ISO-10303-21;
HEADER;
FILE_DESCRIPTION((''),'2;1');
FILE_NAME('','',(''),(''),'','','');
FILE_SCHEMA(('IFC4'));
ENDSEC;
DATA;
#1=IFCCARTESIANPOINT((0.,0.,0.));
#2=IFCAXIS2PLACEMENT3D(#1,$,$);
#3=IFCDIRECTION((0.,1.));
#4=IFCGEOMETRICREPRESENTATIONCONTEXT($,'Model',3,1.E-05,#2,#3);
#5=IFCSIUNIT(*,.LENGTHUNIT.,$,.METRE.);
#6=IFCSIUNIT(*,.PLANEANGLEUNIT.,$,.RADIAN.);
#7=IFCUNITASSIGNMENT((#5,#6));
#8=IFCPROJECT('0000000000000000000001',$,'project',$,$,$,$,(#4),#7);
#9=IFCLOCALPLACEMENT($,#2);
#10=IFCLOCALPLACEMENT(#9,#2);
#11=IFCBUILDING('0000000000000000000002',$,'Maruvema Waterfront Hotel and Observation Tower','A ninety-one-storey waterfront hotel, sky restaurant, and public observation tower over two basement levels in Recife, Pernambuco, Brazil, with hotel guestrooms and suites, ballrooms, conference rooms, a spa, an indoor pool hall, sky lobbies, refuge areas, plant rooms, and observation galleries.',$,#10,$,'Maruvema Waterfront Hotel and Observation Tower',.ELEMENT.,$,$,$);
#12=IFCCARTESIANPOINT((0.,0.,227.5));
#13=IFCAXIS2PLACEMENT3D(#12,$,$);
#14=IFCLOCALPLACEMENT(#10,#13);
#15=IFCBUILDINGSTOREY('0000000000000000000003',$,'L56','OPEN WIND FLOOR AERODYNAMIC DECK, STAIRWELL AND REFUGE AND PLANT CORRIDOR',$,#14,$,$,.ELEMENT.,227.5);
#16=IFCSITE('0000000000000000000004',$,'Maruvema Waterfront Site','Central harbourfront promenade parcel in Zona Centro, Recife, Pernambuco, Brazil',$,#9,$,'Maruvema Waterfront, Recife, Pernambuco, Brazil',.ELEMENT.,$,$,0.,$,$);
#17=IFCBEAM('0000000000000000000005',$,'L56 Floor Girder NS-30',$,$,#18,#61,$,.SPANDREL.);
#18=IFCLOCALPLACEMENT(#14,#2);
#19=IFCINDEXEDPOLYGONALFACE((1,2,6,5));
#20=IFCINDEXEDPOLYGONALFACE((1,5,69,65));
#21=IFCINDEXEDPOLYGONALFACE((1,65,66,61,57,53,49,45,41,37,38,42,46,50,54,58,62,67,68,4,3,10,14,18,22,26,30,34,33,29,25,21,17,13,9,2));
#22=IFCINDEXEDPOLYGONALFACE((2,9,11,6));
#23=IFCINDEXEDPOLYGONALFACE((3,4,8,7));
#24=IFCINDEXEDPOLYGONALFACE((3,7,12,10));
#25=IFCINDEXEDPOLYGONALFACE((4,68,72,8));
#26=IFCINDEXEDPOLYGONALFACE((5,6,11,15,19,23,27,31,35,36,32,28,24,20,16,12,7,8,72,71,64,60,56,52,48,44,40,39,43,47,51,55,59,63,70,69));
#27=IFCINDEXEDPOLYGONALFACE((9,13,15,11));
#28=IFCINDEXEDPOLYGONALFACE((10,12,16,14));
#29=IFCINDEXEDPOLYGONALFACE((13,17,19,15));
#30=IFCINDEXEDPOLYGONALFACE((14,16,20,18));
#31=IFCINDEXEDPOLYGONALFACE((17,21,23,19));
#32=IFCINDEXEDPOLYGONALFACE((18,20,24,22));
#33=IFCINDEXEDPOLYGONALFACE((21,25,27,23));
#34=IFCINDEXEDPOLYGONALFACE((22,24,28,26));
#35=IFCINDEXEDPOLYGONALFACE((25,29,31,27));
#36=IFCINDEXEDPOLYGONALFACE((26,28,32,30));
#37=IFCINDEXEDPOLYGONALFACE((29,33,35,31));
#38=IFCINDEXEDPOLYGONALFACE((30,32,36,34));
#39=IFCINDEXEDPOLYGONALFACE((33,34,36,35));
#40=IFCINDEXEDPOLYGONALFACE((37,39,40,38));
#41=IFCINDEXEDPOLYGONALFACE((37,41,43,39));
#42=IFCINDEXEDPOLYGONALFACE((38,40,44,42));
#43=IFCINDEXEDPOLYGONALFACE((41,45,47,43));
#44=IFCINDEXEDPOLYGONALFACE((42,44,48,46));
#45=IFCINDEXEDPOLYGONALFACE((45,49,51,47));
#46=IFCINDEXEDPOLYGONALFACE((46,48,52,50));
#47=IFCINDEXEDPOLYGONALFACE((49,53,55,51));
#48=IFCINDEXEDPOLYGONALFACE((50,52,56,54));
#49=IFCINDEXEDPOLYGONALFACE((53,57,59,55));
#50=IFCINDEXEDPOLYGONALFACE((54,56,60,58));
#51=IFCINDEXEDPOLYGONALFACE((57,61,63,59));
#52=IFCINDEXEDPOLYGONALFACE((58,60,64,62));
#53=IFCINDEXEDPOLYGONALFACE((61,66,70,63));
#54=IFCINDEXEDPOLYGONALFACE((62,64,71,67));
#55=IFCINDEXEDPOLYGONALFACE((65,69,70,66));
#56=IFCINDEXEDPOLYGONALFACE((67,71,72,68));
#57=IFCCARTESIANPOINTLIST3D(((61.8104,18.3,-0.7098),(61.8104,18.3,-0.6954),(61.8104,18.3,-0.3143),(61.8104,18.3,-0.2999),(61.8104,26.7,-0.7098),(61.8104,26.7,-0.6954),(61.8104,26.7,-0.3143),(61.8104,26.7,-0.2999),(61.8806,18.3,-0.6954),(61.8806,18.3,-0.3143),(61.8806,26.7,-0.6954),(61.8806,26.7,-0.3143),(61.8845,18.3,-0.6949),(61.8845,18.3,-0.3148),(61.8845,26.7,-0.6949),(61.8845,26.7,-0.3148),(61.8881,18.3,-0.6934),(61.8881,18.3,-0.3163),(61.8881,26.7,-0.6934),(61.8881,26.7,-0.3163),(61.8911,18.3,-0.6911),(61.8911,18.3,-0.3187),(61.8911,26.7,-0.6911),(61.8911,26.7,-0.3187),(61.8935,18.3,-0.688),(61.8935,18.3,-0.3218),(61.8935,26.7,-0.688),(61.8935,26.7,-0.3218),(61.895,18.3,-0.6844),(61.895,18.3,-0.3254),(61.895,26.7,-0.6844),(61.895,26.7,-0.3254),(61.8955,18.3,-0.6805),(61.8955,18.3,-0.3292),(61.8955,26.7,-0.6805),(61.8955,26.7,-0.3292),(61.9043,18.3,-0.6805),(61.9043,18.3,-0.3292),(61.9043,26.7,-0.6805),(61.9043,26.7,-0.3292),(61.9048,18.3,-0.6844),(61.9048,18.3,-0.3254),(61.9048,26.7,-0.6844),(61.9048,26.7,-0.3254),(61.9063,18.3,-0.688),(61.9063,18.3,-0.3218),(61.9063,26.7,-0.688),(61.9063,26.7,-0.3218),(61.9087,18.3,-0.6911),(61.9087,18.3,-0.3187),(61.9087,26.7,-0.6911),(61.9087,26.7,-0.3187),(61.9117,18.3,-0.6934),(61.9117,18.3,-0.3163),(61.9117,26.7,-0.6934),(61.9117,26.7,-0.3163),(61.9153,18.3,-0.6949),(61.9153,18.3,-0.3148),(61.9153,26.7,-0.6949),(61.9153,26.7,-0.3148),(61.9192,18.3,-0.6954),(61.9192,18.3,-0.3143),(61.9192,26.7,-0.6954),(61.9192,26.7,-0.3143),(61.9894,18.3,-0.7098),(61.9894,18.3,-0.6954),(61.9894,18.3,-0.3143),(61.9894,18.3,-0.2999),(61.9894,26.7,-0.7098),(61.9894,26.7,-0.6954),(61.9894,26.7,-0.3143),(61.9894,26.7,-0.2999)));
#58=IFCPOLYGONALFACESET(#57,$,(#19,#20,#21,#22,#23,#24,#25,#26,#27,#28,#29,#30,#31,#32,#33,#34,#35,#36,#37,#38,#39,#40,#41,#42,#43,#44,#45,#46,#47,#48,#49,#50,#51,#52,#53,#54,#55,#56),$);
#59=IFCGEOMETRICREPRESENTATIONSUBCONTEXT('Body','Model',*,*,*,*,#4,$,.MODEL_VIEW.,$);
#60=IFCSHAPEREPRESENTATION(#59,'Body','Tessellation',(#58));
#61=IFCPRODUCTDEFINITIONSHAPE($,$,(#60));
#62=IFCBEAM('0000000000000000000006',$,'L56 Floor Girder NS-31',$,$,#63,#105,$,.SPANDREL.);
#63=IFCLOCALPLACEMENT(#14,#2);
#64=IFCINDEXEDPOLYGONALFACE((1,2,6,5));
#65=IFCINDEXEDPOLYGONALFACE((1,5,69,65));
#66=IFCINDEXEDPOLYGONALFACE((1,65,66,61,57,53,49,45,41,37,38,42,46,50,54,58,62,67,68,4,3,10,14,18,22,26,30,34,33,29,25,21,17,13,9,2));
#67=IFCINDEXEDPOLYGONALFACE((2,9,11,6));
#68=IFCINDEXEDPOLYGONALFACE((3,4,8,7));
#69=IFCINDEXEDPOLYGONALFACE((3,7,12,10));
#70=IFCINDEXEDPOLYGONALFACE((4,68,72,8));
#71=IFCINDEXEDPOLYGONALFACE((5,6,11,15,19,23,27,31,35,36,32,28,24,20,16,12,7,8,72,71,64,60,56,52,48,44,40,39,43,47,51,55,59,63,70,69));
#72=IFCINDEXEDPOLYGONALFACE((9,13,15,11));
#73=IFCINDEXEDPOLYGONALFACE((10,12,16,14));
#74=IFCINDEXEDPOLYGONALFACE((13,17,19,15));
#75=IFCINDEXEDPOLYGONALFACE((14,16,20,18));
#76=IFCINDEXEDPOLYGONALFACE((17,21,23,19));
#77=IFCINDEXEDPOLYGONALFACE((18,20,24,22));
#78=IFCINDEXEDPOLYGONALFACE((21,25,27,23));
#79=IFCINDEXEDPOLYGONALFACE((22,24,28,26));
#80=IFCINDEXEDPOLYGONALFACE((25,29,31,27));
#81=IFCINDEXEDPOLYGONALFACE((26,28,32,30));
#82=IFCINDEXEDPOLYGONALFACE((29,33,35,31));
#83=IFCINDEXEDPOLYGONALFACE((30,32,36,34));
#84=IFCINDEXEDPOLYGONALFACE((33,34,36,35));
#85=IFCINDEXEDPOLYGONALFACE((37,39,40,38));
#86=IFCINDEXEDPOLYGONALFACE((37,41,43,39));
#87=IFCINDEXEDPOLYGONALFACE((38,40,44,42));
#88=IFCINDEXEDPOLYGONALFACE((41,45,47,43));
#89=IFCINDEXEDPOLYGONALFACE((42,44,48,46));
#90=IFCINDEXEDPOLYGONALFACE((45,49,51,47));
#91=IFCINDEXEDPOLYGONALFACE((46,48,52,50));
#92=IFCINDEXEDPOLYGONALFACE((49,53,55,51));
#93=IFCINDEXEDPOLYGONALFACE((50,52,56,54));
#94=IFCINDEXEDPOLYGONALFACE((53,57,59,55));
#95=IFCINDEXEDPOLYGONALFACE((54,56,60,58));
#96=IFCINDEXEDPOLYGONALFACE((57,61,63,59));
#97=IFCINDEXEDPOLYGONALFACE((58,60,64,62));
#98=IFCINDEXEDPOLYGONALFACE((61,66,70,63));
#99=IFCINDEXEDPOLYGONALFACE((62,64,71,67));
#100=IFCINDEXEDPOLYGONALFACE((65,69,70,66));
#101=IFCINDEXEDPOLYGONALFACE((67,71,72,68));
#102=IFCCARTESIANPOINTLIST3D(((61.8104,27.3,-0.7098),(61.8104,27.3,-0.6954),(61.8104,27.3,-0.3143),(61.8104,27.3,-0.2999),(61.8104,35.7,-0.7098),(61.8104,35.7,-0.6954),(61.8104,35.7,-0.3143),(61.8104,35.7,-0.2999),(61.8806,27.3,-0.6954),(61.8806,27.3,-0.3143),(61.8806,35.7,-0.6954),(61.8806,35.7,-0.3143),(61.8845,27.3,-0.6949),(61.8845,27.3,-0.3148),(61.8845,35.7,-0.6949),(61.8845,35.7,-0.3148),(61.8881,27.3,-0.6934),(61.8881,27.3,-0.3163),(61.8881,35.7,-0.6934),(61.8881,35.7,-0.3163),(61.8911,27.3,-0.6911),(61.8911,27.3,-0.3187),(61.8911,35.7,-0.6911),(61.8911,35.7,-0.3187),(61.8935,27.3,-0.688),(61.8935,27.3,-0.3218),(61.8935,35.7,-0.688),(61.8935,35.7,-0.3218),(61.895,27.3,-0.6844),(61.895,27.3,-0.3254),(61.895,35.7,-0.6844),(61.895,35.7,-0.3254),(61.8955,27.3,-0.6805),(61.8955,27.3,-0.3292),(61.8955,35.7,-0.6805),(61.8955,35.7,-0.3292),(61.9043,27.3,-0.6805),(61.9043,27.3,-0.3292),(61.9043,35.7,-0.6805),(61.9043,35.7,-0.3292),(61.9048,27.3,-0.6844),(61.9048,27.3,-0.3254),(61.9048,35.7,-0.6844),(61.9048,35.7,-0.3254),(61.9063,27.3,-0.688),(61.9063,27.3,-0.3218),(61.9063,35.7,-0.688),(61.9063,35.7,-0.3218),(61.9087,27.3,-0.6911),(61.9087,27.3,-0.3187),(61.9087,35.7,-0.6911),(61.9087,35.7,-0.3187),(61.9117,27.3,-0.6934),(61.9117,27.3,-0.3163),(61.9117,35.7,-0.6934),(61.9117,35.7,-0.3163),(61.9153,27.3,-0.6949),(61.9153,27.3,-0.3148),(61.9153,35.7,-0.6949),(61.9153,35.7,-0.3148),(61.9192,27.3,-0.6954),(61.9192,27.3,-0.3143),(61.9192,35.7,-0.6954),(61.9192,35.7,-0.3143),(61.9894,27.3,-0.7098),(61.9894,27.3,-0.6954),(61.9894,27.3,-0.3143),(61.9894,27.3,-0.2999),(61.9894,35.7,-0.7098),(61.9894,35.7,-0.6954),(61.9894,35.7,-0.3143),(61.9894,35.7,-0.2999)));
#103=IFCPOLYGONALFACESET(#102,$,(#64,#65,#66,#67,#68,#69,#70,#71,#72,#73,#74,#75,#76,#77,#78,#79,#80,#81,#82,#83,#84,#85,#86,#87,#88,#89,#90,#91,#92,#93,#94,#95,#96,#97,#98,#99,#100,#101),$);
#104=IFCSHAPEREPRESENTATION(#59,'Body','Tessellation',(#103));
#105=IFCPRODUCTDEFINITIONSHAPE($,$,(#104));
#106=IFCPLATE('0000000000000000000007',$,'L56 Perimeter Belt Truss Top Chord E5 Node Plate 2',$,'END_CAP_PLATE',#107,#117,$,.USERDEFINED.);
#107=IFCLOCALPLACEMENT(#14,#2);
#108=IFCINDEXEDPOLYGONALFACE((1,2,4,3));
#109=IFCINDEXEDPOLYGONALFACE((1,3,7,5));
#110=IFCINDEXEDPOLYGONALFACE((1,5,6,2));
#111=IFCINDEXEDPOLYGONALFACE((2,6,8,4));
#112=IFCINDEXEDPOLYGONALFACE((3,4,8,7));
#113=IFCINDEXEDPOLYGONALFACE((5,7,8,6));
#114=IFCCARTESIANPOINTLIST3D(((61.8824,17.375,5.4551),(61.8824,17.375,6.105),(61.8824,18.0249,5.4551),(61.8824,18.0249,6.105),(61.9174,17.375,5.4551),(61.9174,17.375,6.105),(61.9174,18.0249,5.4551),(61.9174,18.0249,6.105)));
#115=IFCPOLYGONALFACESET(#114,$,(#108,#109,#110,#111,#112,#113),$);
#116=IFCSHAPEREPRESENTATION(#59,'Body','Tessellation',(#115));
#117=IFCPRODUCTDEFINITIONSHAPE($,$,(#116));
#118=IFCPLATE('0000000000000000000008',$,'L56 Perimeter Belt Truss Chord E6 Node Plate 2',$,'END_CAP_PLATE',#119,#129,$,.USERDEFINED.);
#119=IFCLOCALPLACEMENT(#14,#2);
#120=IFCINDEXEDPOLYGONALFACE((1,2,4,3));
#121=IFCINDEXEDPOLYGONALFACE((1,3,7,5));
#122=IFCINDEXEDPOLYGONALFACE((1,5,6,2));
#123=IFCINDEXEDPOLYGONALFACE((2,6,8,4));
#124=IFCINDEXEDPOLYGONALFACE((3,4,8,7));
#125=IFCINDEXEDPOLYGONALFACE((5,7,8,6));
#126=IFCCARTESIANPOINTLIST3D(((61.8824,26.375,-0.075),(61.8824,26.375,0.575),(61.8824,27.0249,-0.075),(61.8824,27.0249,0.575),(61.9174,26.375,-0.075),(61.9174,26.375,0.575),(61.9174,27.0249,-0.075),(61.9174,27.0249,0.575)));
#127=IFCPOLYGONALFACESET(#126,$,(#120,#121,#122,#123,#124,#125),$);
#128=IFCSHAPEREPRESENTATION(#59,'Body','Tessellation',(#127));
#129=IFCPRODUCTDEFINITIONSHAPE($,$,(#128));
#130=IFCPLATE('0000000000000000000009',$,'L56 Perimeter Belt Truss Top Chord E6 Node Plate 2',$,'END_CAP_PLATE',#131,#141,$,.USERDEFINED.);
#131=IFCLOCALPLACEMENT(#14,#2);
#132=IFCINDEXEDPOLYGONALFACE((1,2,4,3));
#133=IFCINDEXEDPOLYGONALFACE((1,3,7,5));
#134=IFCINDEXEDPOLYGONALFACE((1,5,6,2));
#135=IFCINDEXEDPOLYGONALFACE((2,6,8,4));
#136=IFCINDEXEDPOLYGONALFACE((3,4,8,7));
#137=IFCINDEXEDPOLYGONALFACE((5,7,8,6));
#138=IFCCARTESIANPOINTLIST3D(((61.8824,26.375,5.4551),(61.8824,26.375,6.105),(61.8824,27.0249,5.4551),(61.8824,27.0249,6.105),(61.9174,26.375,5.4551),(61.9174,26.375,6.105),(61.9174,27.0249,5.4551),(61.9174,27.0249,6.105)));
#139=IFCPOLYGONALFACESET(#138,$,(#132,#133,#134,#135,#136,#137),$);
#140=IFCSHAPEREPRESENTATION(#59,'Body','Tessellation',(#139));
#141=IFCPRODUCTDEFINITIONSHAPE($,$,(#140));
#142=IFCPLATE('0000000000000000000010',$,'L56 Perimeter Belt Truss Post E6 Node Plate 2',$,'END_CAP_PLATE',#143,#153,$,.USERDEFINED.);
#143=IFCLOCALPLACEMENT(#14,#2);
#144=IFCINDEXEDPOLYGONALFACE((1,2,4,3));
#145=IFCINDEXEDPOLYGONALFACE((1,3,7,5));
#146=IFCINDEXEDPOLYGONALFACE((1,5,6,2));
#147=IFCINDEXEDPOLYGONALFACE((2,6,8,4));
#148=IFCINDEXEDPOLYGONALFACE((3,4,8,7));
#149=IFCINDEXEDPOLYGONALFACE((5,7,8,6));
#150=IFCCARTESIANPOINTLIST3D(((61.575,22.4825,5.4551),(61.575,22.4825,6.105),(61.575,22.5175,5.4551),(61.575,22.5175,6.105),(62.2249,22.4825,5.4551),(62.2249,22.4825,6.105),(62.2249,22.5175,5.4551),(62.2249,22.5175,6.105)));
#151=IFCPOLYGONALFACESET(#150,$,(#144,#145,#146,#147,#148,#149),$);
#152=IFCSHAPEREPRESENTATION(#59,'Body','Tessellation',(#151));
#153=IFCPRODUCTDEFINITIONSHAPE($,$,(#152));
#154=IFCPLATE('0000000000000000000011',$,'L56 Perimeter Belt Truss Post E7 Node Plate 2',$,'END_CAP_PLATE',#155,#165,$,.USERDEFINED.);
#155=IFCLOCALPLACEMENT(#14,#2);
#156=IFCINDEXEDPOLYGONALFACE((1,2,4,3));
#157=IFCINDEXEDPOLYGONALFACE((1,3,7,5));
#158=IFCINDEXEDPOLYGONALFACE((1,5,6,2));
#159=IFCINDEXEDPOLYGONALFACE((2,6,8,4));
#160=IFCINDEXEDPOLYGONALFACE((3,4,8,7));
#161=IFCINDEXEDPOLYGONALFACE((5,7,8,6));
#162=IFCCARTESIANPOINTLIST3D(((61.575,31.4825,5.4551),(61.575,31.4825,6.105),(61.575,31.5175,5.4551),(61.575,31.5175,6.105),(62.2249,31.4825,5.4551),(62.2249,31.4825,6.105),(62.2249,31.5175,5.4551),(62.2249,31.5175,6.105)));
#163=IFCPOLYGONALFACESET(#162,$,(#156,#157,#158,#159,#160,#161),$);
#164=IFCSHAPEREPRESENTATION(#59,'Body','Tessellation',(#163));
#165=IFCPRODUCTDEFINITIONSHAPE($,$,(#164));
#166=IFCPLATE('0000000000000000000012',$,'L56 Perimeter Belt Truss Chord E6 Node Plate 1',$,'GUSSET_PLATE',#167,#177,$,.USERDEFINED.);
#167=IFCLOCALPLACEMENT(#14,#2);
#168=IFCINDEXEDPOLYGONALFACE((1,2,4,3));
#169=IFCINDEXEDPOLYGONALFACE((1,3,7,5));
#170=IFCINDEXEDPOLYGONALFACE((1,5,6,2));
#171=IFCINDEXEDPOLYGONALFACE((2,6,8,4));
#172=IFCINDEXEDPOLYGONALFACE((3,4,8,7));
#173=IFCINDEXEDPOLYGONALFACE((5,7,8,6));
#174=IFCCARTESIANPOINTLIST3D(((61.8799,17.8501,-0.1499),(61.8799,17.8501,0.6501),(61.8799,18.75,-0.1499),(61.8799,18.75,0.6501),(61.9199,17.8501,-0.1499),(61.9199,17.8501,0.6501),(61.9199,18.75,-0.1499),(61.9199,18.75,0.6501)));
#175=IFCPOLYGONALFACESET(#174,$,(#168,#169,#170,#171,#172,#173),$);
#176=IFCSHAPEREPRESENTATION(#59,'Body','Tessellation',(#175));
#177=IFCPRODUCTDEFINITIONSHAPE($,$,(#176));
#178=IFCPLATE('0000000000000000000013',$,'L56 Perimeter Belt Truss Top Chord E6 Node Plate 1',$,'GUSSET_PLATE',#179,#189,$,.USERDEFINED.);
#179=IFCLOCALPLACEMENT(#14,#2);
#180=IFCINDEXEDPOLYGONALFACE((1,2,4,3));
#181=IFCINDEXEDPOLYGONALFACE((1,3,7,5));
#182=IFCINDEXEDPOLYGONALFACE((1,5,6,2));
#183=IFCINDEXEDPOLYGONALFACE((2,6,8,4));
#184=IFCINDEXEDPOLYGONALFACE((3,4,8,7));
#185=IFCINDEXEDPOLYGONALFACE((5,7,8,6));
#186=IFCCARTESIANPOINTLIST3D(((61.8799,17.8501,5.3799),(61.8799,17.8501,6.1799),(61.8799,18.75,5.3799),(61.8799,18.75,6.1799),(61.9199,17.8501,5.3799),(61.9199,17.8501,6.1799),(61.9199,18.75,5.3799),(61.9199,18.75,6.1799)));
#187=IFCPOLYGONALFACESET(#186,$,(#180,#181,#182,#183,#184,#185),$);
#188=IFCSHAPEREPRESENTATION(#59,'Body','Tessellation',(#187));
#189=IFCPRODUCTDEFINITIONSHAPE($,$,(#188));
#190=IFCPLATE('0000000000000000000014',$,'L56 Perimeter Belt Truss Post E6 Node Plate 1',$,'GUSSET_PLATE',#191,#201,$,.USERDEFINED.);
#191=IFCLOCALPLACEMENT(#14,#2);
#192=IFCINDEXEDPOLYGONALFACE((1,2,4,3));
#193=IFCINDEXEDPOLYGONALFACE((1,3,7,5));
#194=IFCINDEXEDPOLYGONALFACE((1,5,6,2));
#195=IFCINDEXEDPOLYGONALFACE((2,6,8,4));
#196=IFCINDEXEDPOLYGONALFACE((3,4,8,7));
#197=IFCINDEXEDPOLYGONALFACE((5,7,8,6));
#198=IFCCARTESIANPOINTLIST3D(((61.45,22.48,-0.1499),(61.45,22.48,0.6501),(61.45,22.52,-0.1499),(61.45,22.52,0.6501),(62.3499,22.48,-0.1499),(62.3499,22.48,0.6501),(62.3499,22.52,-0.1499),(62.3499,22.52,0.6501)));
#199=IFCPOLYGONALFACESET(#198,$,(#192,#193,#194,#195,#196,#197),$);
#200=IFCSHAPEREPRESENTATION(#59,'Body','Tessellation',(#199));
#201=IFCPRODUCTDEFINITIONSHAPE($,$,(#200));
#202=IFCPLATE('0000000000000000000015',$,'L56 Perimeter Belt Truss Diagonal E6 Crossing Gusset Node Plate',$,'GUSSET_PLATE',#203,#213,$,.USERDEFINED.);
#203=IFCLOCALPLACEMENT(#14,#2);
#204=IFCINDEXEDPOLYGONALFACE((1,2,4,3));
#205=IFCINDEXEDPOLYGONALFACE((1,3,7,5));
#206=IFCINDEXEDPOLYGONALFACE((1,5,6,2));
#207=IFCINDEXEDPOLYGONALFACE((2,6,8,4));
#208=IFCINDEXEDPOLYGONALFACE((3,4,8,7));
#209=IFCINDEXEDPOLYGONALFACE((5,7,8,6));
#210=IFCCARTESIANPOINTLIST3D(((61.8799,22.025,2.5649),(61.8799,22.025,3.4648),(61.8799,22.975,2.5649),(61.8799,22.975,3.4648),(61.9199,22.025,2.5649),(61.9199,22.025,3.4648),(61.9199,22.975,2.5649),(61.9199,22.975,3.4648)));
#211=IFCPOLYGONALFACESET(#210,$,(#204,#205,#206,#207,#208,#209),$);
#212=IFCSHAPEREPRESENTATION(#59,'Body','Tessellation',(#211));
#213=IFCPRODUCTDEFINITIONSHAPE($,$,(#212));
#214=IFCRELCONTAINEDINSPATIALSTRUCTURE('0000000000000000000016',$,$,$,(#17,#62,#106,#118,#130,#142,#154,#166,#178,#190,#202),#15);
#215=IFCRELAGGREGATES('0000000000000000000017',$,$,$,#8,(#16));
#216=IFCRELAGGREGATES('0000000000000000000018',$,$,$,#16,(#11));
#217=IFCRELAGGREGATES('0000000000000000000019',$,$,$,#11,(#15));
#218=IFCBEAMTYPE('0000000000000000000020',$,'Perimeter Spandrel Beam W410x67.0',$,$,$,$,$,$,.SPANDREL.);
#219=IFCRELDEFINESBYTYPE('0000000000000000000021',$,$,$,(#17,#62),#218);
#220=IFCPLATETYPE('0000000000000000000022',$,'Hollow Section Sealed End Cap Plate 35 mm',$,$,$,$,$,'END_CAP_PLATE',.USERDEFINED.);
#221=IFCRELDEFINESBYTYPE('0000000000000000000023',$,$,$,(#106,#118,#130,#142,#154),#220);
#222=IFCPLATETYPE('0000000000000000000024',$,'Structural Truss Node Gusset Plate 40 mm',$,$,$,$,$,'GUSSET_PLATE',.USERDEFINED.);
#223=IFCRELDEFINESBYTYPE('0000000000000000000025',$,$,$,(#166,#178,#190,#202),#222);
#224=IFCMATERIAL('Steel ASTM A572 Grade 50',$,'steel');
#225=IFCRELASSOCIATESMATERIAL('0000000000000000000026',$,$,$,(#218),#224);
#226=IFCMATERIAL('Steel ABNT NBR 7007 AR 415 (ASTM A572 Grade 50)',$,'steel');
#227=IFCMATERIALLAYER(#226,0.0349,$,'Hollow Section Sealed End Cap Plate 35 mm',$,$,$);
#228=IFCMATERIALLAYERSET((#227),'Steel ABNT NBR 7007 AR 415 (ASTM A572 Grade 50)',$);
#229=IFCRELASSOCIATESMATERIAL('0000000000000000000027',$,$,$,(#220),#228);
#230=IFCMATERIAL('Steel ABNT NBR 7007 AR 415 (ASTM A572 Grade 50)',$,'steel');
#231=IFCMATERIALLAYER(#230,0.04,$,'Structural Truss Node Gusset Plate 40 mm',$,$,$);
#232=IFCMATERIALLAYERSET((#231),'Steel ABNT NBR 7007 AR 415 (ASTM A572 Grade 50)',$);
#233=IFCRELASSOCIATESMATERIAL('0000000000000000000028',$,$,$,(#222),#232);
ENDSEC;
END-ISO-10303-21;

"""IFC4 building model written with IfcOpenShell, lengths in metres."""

from ifc_helpers import new_model, si_unit, direction, frame, origin, origin_2d, place, context, subcontext, project, spatial, rectangle, i_section, extrude, material, layer, layer_set, material_profile, profile_set, type_object, element, save


model = new_model("IFC4")

# Units and contexts
model_context = context("Model", 3, precision=1e-05, world=origin(), true_north=direction((0.0, 1.0)))
body_context = subcontext(model_context, "Body", "Model", "MODEL_VIEW")
ifc_project = project(units=[si_unit("LENGTHUNIT", "METRE"), si_unit("PLANEANGLEUNIT", "RADIAN")], contexts=[model_context])

# Site, building, storey
site_placement = place(None, origin())
site = spatial("IfcSite", under=ifc_project, at=site_placement, Name="Maruvema Waterfront Site", Description="Central harbourfront promenade parcel in Zona Centro, Recife, Pernambuco, Brazil", LongName="Maruvema Waterfront, Recife, Pernambuco, Brazil", CompositionType="ELEMENT", RefElevation=0.0)
building_placement = place(site_placement, origin())
building = spatial("IfcBuilding", under=site, at=building_placement, Name="Maruvema Waterfront Hotel and Observation Tower", Description="A ninety-one-storey waterfront hotel, sky restaurant, and public observation tower over two basement levels in Recife, Pernambuco, Brazil, with hotel guestrooms and suites, ballrooms, conference rooms, a spa, an indoor pool hall, sky lobbies, refuge areas, plant rooms, and observation galleries.", LongName="Maruvema Waterfront Hotel and Observation Tower", CompositionType="ELEMENT")
storey_placement = place(building_placement, frame((0.0, 0.0, 227.5)))
storey = spatial("IfcBuildingStorey", under=building, at=storey_placement, Name="L56", Description="OPEN WIND FLOOR AERODYNAMIC DECK, STAIRWELL AND REFUGE AND PLANT CORRIDOR", CompositionType="ELEMENT", Elevation=227.5)

# Beams
ifc_material_1 = material(Name="Steel ASTM A572 Grade 50", Category="steel")
ifc_material_profile_1 = material_profile(ifc_material_1, i_section(OverallWidth=0.179, OverallDepth=0.4099, WebThickness=0.0088, FlangeThickness=0.0144, FilletRadius=0.0149, at=origin_2d()), Name="W410x67.0")
ifc_profile_set_1 = profile_set([ifc_material_profile_1], Name="Steel ASTM A572 Grade 50")
beam_type = type_object("IfcBeamType", Name="Perimeter Spandrel Beam W410x67.0", PredefinedType="SPANDREL", material=ifc_profile_set_1)
for number, where, z_axis, x_axis, name in (
    (1, (61.8999, 18.3, -0.5049), (0.0, 1.0, 0.0), (-1.0, 0.0, 0.0), "L56 Floor Girder NS-30"),
    (2, (61.8999, 27.3, -0.5049), (0.0, 1.0, 0.0), (-1.0, 0.0, 0.0), "L56 Floor Girder NS-31"),
):
    element("IfcBeam", number, at=place(storey_placement, frame(where, z_axis=z_axis, x_axis=x_axis)), inside=storey, type_object=beam_type, Name=name, PredefinedType="SPANDREL", context=body_context, shape_type="SweptSolid", body=[
        extrude(i_section(OverallWidth=0.179, OverallDepth=0.4099, WebThickness=0.0088, FlangeThickness=0.0144, FilletRadius=0.0149, at=origin_2d()), origin(), (0.0, 0.0, 1.0), 8.3999),
    ])

# Plates
ifc_material_2 = material(Name="Steel ABNT NBR 7007 AR 415 (ASTM A572 Grade 50)", Category="steel")
ifc_layer_1 = layer(ifc_material_2, 0.0349, Name="Hollow Section Sealed End Cap Plate 35 mm")
ifc_layer_set_1 = layer_set([ifc_layer_1], Name="Steel ABNT NBR 7007 AR 415 (ASTM A572 Grade 50)")
plate_type_1 = type_object("IfcPlateType", Name="Hollow Section Sealed End Cap Plate 35 mm", ElementType="END_CAP_PLATE", PredefinedType="USERDEFINED", material=ifc_layer_set_1)
for number, where, z_axis, x_axis, name in (
    (3, (61.8999, 17.7, 5.4551), (0.0, 0.0, 1.0), (0.0, 1.0, 0.0), "L56 Perimeter Belt Truss Top Chord E5 Node Plate 2"),
    (4, (61.8999, 26.7, -0.075), (0.0, 0.0, 1.0), (0.0, 1.0, 0.0), "L56 Perimeter Belt Truss Chord E6 Node Plate 2"),
    (5, (61.8999, 26.7, 5.4551), (0.0, 0.0, 1.0), (0.0, 1.0, 0.0), "L56 Perimeter Belt Truss Top Chord E6 Node Plate 2"),
    (6, (61.8999, 22.5, 5.4551), (0.0, 0.0, 1.0), (1.0, 0.0, 0.0), "L56 Perimeter Belt Truss Post E6 Node Plate 2"),
    (7, (61.8999, 31.5, 5.4551), (0.0, 0.0, 1.0), (1.0, 0.0, 0.0), "L56 Perimeter Belt Truss Post E7 Node Plate 2"),
):
    element("IfcPlate", number, at=place(storey_placement, frame(where, z_axis=z_axis, x_axis=x_axis)), inside=storey, type_object=plate_type_1, Name=name, ObjectType="END_CAP_PLATE", PredefinedType="USERDEFINED", context=body_context, shape_type="SweptSolid", body=[
        extrude(rectangle(XDim=0.6499, YDim=0.0349, at=origin_2d()), origin(), (0.0, 0.0, 1.0), 0.6499),
    ])
ifc_material_3 = material(Name="Steel ABNT NBR 7007 AR 415 (ASTM A572 Grade 50)", Category="steel")
ifc_layer_2 = layer(ifc_material_3, 0.04, Name="Structural Truss Node Gusset Plate 40 mm")
ifc_layer_set_2 = layer_set([ifc_layer_2], Name="Steel ABNT NBR 7007 AR 415 (ASTM A572 Grade 50)")
plate_type_2 = type_object("IfcPlateType", Name="Structural Truss Node Gusset Plate 40 mm", ElementType="GUSSET_PLATE", PredefinedType="USERDEFINED", material=ifc_layer_set_2)
for number, where, z_axis, x_axis, name in (
    (8, (61.8999, 18.3, -0.1499), (0.0, 0.0, 1.0), (0.0, 1.0, 0.0), "L56 Perimeter Belt Truss Chord E6 Node Plate 1"),
    (9, (61.8999, 18.3, 5.3799), (0.0, 0.0, 1.0), (0.0, 1.0, 0.0), "L56 Perimeter Belt Truss Top Chord E6 Node Plate 1"),
    (10, (61.8999, 22.5, -0.1499), (0.0, 0.0, 1.0), (1.0, 0.0, 0.0), "L56 Perimeter Belt Truss Post E6 Node Plate 1"),
):
    element("IfcPlate", number, at=place(storey_placement, frame(where, z_axis=z_axis, x_axis=x_axis)), inside=storey, type_object=plate_type_2, Name=name, ObjectType="GUSSET_PLATE", PredefinedType="USERDEFINED", context=body_context, shape_type="SweptSolid", body=[
        extrude(rectangle(XDim=0.8999, YDim=0.04, at=origin_2d()), origin(), (0.0, 0.0, 1.0), 0.8),
    ])
plate_1_placement = place(storey_placement, frame((61.8999, 22.5, 2.5649), z_axis=(0.0, 0.0, 1.0), x_axis=(0.0, -1.0, 0.0)))
element("IfcPlate", 11, at=plate_1_placement, inside=storey, type_object=plate_type_2, Name="L56 Perimeter Belt Truss Diagonal E6 Crossing Gusset Node Plate", ObjectType="GUSSET_PLATE", PredefinedType="USERDEFINED", context=body_context, shape_type="SweptSolid", body=[
    extrude(rectangle(XDim=0.95, YDim=0.04, at=origin_2d()), origin(), (0.0, 0.0, 1.0), 0.8999),
])

save(model, "model.ifc")
